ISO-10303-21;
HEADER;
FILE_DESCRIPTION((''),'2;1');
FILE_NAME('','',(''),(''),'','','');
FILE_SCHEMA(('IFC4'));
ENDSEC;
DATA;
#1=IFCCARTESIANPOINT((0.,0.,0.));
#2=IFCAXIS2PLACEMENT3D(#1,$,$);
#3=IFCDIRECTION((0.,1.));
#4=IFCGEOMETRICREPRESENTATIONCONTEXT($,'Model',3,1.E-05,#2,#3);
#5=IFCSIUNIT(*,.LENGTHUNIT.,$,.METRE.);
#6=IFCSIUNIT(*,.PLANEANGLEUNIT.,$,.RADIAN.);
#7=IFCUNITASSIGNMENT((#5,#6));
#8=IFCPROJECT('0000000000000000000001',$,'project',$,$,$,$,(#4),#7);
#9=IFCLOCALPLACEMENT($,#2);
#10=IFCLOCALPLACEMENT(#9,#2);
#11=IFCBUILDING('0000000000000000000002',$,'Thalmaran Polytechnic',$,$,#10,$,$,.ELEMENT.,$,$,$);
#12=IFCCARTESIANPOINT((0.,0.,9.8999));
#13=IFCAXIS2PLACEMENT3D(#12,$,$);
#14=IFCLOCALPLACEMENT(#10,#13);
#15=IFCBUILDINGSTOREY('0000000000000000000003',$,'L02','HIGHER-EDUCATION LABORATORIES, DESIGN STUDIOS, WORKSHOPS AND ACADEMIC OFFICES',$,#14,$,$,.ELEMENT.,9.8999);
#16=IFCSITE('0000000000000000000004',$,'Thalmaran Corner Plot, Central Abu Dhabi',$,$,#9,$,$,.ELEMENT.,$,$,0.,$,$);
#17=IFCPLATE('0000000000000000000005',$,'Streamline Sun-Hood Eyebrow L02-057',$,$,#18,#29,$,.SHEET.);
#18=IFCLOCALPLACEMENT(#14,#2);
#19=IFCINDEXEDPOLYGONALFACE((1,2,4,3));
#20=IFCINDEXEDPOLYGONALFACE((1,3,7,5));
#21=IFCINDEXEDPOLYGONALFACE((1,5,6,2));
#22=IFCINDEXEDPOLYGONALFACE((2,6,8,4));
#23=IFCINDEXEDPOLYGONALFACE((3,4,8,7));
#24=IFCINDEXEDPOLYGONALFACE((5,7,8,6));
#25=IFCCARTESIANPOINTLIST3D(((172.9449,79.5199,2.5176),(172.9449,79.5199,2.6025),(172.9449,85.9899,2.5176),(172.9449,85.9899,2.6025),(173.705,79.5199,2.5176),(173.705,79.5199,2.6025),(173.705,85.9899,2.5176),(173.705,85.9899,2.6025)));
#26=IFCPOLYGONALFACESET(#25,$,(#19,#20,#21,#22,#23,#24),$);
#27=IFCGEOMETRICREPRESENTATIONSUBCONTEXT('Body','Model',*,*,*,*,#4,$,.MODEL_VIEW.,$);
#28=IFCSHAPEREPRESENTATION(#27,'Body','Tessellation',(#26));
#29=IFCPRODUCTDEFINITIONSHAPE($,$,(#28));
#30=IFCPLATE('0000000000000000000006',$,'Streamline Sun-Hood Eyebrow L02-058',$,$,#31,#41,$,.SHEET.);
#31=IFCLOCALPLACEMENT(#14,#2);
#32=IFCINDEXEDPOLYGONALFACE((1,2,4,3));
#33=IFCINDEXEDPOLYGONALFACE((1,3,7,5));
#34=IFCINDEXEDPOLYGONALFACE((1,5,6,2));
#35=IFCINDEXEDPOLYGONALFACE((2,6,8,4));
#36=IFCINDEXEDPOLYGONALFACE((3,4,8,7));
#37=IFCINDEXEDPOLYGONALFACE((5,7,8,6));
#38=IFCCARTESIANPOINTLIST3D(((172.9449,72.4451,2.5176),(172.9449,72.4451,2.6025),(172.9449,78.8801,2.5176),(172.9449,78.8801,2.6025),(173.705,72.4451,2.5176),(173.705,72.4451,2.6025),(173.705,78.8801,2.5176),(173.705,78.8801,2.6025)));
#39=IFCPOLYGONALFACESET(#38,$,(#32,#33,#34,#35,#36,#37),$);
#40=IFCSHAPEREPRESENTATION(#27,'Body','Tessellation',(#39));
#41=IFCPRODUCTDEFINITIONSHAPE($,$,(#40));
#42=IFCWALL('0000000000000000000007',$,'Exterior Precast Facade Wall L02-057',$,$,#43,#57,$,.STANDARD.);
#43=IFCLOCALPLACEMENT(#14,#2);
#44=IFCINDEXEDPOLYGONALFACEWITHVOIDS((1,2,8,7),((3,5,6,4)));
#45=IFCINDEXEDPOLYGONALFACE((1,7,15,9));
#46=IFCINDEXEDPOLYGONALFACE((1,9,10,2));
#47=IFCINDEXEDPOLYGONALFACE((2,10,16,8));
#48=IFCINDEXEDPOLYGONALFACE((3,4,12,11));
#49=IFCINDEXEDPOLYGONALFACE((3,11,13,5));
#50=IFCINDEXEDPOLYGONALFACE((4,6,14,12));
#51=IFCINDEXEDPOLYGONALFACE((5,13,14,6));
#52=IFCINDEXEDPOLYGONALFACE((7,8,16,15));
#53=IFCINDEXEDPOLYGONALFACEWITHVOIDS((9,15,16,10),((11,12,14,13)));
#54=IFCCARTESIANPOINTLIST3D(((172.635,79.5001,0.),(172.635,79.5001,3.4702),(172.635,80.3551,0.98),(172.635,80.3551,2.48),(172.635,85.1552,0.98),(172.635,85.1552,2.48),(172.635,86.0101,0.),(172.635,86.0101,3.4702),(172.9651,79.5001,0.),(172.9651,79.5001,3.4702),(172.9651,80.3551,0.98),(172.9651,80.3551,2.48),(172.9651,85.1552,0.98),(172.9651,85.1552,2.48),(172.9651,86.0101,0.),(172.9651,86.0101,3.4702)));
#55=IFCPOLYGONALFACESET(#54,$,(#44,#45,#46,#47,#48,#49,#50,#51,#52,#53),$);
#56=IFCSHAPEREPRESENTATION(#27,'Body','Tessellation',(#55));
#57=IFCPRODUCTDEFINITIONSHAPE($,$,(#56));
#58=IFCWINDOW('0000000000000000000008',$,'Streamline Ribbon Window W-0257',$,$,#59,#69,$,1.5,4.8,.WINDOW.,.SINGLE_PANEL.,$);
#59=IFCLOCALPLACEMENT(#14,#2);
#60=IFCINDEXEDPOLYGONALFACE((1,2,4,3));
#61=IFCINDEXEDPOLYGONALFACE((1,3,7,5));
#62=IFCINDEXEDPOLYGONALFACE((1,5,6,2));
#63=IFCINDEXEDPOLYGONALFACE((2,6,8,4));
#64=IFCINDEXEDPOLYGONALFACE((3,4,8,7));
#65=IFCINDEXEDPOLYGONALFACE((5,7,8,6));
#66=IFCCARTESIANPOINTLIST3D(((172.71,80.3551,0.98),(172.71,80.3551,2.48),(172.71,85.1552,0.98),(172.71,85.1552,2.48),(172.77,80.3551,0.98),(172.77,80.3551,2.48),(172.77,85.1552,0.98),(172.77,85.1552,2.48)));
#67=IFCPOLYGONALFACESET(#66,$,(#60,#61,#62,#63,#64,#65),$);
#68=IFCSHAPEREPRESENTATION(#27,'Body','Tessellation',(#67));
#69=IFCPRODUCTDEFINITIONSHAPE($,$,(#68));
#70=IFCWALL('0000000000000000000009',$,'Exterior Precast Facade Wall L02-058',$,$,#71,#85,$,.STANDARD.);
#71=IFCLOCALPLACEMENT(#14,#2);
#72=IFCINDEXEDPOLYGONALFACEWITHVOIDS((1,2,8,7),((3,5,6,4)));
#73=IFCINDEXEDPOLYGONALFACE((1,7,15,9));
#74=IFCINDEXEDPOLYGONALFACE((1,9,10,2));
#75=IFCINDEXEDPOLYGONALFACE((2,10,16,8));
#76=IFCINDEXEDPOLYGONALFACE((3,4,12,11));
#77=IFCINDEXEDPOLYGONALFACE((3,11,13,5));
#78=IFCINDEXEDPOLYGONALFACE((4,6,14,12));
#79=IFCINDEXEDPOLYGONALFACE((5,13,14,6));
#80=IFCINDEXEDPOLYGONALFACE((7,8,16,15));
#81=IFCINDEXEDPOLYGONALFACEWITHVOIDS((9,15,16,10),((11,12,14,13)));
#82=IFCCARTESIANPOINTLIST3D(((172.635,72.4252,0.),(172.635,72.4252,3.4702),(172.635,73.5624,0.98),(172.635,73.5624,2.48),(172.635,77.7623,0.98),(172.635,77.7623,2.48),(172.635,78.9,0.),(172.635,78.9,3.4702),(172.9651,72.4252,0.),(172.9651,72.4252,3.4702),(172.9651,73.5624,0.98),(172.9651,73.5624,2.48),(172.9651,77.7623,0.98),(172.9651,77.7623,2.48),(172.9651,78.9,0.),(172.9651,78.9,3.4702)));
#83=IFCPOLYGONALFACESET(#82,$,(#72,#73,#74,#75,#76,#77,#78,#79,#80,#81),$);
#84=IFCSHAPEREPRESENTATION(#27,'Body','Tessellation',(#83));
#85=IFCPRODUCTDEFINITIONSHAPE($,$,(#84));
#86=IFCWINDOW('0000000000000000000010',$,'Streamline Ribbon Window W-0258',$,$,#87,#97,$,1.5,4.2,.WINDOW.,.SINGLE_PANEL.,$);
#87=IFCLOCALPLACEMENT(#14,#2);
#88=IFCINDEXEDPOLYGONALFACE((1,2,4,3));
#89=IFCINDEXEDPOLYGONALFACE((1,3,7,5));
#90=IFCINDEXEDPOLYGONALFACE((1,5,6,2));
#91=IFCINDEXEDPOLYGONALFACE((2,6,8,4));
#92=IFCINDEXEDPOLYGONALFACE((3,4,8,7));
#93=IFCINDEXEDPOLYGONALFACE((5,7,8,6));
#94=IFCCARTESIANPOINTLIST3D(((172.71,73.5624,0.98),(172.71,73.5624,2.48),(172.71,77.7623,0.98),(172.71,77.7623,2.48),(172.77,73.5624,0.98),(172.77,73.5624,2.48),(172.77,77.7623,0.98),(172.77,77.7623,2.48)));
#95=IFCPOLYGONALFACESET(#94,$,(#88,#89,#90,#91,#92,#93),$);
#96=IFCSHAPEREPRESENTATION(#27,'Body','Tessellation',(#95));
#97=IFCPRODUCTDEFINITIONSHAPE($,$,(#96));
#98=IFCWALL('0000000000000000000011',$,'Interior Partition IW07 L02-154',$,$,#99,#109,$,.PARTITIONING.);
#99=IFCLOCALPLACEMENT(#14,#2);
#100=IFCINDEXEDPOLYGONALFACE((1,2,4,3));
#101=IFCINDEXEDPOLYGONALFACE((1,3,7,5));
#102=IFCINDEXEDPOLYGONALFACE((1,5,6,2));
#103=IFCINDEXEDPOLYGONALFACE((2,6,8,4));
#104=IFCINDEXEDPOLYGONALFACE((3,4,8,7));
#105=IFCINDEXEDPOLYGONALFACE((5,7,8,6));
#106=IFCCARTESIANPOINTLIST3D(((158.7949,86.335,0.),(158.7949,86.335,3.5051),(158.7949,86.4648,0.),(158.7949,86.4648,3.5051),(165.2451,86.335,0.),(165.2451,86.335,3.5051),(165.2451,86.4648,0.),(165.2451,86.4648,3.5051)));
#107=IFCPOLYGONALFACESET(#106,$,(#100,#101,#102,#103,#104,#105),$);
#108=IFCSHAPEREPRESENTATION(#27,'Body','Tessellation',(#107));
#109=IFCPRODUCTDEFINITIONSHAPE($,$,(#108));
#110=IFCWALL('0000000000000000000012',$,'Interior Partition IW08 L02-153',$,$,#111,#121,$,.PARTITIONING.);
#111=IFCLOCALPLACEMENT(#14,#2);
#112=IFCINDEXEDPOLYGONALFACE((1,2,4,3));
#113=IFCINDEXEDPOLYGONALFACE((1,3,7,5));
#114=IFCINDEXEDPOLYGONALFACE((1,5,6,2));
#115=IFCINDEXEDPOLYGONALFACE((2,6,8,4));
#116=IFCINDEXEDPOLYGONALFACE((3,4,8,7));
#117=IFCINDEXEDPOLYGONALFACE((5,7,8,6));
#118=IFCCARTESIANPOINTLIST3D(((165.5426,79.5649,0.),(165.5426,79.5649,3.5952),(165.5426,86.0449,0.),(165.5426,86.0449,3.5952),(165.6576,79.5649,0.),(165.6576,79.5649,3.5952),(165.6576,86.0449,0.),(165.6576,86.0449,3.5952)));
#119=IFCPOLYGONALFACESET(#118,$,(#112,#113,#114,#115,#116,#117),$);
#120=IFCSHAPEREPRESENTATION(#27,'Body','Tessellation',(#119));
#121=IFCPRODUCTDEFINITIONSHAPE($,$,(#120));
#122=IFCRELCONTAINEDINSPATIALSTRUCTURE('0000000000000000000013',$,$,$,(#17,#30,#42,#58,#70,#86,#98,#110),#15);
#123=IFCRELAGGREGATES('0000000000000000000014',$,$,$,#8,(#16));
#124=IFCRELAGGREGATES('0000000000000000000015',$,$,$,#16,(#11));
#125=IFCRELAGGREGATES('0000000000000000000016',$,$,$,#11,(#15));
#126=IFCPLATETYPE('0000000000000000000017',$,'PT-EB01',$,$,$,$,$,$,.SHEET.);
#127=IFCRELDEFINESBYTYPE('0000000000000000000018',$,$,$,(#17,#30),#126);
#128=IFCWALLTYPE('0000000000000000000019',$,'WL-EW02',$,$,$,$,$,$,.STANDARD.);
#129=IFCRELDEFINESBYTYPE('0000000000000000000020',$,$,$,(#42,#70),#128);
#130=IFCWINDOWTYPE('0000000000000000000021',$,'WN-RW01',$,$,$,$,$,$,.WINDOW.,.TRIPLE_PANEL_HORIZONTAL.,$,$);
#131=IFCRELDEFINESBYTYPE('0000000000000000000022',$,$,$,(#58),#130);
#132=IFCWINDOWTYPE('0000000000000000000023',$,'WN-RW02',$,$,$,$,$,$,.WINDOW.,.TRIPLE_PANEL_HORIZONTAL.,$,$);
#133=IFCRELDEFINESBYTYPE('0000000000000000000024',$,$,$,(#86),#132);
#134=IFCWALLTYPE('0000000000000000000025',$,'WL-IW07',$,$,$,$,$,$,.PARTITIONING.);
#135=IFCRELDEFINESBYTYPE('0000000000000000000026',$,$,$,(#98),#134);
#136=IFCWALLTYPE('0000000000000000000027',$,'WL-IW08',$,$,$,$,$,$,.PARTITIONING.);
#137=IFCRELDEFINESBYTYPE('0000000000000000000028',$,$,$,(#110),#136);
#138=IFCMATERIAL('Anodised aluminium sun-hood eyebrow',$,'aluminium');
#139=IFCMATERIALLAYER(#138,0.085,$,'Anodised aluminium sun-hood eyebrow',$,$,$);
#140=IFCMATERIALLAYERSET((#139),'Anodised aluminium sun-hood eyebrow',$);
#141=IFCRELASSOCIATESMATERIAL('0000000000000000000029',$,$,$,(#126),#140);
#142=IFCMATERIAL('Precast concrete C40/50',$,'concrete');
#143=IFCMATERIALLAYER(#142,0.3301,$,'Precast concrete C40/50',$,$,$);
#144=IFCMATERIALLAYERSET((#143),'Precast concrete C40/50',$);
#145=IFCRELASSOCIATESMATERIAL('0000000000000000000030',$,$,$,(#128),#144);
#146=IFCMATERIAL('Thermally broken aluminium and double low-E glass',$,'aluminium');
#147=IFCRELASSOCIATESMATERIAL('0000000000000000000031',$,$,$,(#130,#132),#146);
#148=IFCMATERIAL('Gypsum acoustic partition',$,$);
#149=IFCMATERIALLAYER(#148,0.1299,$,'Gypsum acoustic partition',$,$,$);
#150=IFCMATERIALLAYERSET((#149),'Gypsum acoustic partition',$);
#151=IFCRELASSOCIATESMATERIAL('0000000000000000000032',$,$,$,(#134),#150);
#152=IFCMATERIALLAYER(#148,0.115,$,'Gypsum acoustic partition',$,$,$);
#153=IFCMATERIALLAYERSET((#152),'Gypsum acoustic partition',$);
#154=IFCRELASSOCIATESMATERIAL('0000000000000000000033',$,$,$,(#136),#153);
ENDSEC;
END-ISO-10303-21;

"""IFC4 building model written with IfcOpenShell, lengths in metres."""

from ifc_helpers import new_model, si_unit, direction, frame, frame_2d, origin, origin_2d, place, context, subcontext, project, spatial, rectangle, extrude, material, layer, layer_set, type_object, element, fill, save


model = new_model("IFC4")

# Units and contexts
model_context = context("Model", 3, precision=1e-05, world=origin(), true_north=direction((0.0, 1.0)))
body_context = subcontext(model_context, "Body", "Model", "MODEL_VIEW")
ifc_project = project(units=[si_unit("LENGTHUNIT", "METRE"), si_unit("PLANEANGLEUNIT", "RADIAN")], contexts=[model_context])

# Site, building, storey
site_placement = place(None, origin())
site = spatial("IfcSite", under=ifc_project, at=site_placement, Name="Thalmaran Corner Plot, Central Abu Dhabi", CompositionType="ELEMENT", RefElevation=0.0)
building_placement = place(site_placement, origin())
building = spatial("IfcBuilding", under=site, at=building_placement, Name="Thalmaran Polytechnic", CompositionType="ELEMENT")
storey_placement = place(building_placement, frame((0.0, 0.0, 9.8999)))
storey = spatial("IfcBuildingStorey", under=building, at=storey_placement, Name="L02", Description="HIGHER-EDUCATION LABORATORIES, DESIGN STUDIOS, WORKSHOPS AND ACADEMIC OFFICES", CompositionType="ELEMENT", Elevation=9.8999)

# Plates
ifc_material_1 = material(Name="Anodised aluminium sun-hood eyebrow", Category="aluminium")
ifc_layer_1 = layer(ifc_material_1, 0.085, Name="Anodised aluminium sun-hood eyebrow")
ifc_layer_set_1 = layer_set([ifc_layer_1], Name="Anodised aluminium sun-hood eyebrow")
plate_type_1 = type_object("IfcPlateType", Name="PT-EB01", PredefinedType="SHEET", material=ifc_layer_set_1)
plate_1_placement = place(storey_placement, frame((173.325, 82.7549, 2.5176), z_axis=(0.0, 0.0, 1.0), x_axis=(0.0, -1.0, 0.0)))
element("IfcPlate", 1, at=plate_1_placement, inside=storey, type_object=plate_type_1, Name="Streamline Sun-Hood Eyebrow L02-057", PredefinedType="SHEET", context=body_context, shape_type="SweptSolid", body=[
    extrude(rectangle(XDim=6.47, YDim=0.76, at=origin_2d()), origin(), (0.0, 0.0, 1.0), 0.085),
])
plate_2_placement = place(storey_placement, frame((173.325, 75.6626, 2.5176), z_axis=(0.0, 0.0, 1.0), x_axis=(0.0, -1.0, 0.0)))
element("IfcPlate", 2, at=plate_2_placement, inside=storey, type_object=plate_type_1, Name="Streamline Sun-Hood Eyebrow L02-058", PredefinedType="SHEET", context=body_context, shape_type="SweptSolid", body=[
    extrude(rectangle(XDim=6.4351, YDim=0.76, at=origin_2d()), origin(), (0.0, 0.0, 1.0), 0.085),
])

# Walls, openings, windows
ifc_material_2 = material(Name="Precast concrete C40/50", Category="concrete")
ifc_layer_2 = layer(ifc_material_2, 0.3301, Name="Precast concrete C40/50")
ifc_layer_set_2 = layer_set([ifc_layer_2], Name="Precast concrete C40/50")
wall_type_1 = type_object("IfcWallType", Name="WL-EW02", PredefinedType="STANDARD", material=ifc_layer_set_2)
wall_1_placement = place(storey_placement, frame((172.8, 86.01, 0.0), z_axis=(0.0, 0.0, 1.0), x_axis=(0.0, -1.0, 0.0)))
wall_1 = element("IfcWall", 3, at=wall_1_placement, inside=storey, type_object=wall_type_1, Name="Exterior Precast Facade Wall L02-057", PredefinedType="STANDARD", context=body_context, shape_type="SweptSolid", body=[
    extrude(rectangle(XDim=6.51, YDim=0.3301, at=frame_2d((3.2549, 0.0))), origin(), (0.0, 0.0, 1.0), 3.4702),
])
opening_1_placement = place(wall_1_placement, frame((0.855, 0.0, 0.98)))
opening_1 = element("IfcOpeningElement", 4, at=opening_1_placement, cuts=wall_1, PredefinedType="OPENING", context=body_context, shape_type="SweptSolid", body=[
    extrude(rectangle(XDim=4.8, YDim=1.5, at=frame_2d((2.3999, 0.75))), frame((0.0, 0.175, 0.0), z_axis=(0.0, -1.0, 0.0), x_axis=(1.0, 0.0, 0.0)), (0.0, 0.0, 1.0), 0.3501),
])
ifc_material_3 = material(Name="Thermally broken aluminium and double low-E glass", Category="aluminium")
window_type_1 = type_object("IfcWindowType", Name="WN-RW01", PartitioningType="TRIPLE_PANEL_HORIZONTAL", PredefinedType="WINDOW", material=ifc_material_3)
window_1_placement = place(opening_1_placement, origin())
window_1 = element("IfcWindow", 5, at=window_1_placement, inside=storey, type_object=window_type_1, Name="Streamline Ribbon Window W-0257", OverallHeight=1.5, OverallWidth=4.8, PartitioningType="SINGLE_PANEL", PredefinedType="WINDOW", context=body_context, shape_type="SweptSolid", body=[
    extrude(rectangle(XDim=4.8, YDim=1.5, at=frame_2d((2.3999, 0.75))), frame((0.0, -0.03, 0.0), z_axis=(0.0, -1.0, 0.0), x_axis=(1.0, 0.0, 0.0)), (0.0, 0.0, 1.0), 0.0601),
])
fill(opening_1, window_1)
wall_2_placement = place(storey_placement, frame((172.8, 78.8999, 0.0), z_axis=(0.0, 0.0, 1.0), x_axis=(0.0, -1.0, 0.0)))
wall_2 = element("IfcWall", 6, at=wall_2_placement, inside=storey, type_object=wall_type_1, Name="Exterior Precast Facade Wall L02-058", PredefinedType="STANDARD", context=body_context, shape_type="SweptSolid", body=[
    extrude(rectangle(XDim=6.4749, YDim=0.3301, at=frame_2d((3.2373, 0.0))), origin(), (0.0, 0.0, 1.0), 3.4702),
])
opening_2_placement = place(wall_2_placement, frame((1.1375, 0.0, 0.98)))
opening_2 = element("IfcOpeningElement", 7, at=opening_2_placement, cuts=wall_2, PredefinedType="OPENING", context=body_context, shape_type="SweptSolid", body=[
    extrude(rectangle(XDim=4.2, YDim=1.5, at=frame_2d((2.1001, 0.75))), frame((0.0, 0.175, 0.0), z_axis=(0.0, -1.0, 0.0), x_axis=(1.0, 0.0, 0.0)), (0.0, 0.0, 1.0), 0.3501),
])
window_type_2 = type_object("IfcWindowType", Name="WN-RW02", PartitioningType="TRIPLE_PANEL_HORIZONTAL", PredefinedType="WINDOW", material=ifc_material_3)
window_2_placement = place(opening_2_placement, origin())
window_2 = element("IfcWindow", 8, at=window_2_placement, inside=storey, type_object=window_type_2, Name="Streamline Ribbon Window W-0258", OverallHeight=1.5, OverallWidth=4.2, PartitioningType="SINGLE_PANEL", PredefinedType="WINDOW", context=body_context, shape_type="SweptSolid", body=[
    extrude(rectangle(XDim=4.2, YDim=1.5, at=frame_2d((2.1001, 0.75))), frame((0.0, -0.03, 0.0), z_axis=(0.0, -1.0, 0.0), x_axis=(1.0, 0.0, 0.0)), (0.0, 0.0, 1.0), 0.0601),
])
fill(opening_2, window_2)

# Walls
ifc_material_4 = material(Name="Gypsum acoustic partition")
ifc_layer_3 = layer(ifc_material_4, 0.1299, Name="Gypsum acoustic partition")
ifc_layer_set_3 = layer_set([ifc_layer_3], Name="Gypsum acoustic partition")
wall_type_2 = type_object("IfcWallType", Name="WL-IW07", PredefinedType="PARTITIONING", material=ifc_layer_set_3)
wall_3_placement = place(storey_placement, frame((158.7949, 86.3999, 0.0), z_axis=(0.0, 0.0, 1.0), x_axis=(1.0, 0.0, 0.0)))
element("IfcWall", 9, at=wall_3_placement, inside=storey, type_object=wall_type_2, Name="Interior Partition IW07 L02-154", PredefinedType="PARTITIONING", context=body_context, shape_type="SweptSolid", body=[
    extrude(rectangle(XDim=6.4502, YDim=0.1299, at=frame_2d((3.2251, 0.0))), origin(), (0.0, 0.0, 1.0), 3.5051),
])
ifc_layer_4 = layer(ifc_material_4, 0.115, Name="Gypsum acoustic partition")
ifc_layer_set_4 = layer_set([ifc_layer_4], Name="Gypsum acoustic partition")
wall_type_3 = type_object("IfcWallType", Name="WL-IW08", PredefinedType="PARTITIONING", material=ifc_layer_set_4)
wall_4_placement = place(storey_placement, frame((165.6001, 79.5649, 0.0), z_axis=(0.0, 0.0, 1.0), x_axis=(0.0, 1.0, 0.0)))
element("IfcWall", 10, at=wall_4_placement, inside=storey, type_object=wall_type_3, Name="Interior Partition IW08 L02-153", PredefinedType="PARTITIONING", context=body_context, shape_type="SweptSolid", body=[
    extrude(rectangle(XDim=6.48, YDim=0.115, at=frame_2d((3.24, 0.0))), origin(), (0.0, 0.0, 1.0), 3.5952),
])

save(model, "model.ifc")
